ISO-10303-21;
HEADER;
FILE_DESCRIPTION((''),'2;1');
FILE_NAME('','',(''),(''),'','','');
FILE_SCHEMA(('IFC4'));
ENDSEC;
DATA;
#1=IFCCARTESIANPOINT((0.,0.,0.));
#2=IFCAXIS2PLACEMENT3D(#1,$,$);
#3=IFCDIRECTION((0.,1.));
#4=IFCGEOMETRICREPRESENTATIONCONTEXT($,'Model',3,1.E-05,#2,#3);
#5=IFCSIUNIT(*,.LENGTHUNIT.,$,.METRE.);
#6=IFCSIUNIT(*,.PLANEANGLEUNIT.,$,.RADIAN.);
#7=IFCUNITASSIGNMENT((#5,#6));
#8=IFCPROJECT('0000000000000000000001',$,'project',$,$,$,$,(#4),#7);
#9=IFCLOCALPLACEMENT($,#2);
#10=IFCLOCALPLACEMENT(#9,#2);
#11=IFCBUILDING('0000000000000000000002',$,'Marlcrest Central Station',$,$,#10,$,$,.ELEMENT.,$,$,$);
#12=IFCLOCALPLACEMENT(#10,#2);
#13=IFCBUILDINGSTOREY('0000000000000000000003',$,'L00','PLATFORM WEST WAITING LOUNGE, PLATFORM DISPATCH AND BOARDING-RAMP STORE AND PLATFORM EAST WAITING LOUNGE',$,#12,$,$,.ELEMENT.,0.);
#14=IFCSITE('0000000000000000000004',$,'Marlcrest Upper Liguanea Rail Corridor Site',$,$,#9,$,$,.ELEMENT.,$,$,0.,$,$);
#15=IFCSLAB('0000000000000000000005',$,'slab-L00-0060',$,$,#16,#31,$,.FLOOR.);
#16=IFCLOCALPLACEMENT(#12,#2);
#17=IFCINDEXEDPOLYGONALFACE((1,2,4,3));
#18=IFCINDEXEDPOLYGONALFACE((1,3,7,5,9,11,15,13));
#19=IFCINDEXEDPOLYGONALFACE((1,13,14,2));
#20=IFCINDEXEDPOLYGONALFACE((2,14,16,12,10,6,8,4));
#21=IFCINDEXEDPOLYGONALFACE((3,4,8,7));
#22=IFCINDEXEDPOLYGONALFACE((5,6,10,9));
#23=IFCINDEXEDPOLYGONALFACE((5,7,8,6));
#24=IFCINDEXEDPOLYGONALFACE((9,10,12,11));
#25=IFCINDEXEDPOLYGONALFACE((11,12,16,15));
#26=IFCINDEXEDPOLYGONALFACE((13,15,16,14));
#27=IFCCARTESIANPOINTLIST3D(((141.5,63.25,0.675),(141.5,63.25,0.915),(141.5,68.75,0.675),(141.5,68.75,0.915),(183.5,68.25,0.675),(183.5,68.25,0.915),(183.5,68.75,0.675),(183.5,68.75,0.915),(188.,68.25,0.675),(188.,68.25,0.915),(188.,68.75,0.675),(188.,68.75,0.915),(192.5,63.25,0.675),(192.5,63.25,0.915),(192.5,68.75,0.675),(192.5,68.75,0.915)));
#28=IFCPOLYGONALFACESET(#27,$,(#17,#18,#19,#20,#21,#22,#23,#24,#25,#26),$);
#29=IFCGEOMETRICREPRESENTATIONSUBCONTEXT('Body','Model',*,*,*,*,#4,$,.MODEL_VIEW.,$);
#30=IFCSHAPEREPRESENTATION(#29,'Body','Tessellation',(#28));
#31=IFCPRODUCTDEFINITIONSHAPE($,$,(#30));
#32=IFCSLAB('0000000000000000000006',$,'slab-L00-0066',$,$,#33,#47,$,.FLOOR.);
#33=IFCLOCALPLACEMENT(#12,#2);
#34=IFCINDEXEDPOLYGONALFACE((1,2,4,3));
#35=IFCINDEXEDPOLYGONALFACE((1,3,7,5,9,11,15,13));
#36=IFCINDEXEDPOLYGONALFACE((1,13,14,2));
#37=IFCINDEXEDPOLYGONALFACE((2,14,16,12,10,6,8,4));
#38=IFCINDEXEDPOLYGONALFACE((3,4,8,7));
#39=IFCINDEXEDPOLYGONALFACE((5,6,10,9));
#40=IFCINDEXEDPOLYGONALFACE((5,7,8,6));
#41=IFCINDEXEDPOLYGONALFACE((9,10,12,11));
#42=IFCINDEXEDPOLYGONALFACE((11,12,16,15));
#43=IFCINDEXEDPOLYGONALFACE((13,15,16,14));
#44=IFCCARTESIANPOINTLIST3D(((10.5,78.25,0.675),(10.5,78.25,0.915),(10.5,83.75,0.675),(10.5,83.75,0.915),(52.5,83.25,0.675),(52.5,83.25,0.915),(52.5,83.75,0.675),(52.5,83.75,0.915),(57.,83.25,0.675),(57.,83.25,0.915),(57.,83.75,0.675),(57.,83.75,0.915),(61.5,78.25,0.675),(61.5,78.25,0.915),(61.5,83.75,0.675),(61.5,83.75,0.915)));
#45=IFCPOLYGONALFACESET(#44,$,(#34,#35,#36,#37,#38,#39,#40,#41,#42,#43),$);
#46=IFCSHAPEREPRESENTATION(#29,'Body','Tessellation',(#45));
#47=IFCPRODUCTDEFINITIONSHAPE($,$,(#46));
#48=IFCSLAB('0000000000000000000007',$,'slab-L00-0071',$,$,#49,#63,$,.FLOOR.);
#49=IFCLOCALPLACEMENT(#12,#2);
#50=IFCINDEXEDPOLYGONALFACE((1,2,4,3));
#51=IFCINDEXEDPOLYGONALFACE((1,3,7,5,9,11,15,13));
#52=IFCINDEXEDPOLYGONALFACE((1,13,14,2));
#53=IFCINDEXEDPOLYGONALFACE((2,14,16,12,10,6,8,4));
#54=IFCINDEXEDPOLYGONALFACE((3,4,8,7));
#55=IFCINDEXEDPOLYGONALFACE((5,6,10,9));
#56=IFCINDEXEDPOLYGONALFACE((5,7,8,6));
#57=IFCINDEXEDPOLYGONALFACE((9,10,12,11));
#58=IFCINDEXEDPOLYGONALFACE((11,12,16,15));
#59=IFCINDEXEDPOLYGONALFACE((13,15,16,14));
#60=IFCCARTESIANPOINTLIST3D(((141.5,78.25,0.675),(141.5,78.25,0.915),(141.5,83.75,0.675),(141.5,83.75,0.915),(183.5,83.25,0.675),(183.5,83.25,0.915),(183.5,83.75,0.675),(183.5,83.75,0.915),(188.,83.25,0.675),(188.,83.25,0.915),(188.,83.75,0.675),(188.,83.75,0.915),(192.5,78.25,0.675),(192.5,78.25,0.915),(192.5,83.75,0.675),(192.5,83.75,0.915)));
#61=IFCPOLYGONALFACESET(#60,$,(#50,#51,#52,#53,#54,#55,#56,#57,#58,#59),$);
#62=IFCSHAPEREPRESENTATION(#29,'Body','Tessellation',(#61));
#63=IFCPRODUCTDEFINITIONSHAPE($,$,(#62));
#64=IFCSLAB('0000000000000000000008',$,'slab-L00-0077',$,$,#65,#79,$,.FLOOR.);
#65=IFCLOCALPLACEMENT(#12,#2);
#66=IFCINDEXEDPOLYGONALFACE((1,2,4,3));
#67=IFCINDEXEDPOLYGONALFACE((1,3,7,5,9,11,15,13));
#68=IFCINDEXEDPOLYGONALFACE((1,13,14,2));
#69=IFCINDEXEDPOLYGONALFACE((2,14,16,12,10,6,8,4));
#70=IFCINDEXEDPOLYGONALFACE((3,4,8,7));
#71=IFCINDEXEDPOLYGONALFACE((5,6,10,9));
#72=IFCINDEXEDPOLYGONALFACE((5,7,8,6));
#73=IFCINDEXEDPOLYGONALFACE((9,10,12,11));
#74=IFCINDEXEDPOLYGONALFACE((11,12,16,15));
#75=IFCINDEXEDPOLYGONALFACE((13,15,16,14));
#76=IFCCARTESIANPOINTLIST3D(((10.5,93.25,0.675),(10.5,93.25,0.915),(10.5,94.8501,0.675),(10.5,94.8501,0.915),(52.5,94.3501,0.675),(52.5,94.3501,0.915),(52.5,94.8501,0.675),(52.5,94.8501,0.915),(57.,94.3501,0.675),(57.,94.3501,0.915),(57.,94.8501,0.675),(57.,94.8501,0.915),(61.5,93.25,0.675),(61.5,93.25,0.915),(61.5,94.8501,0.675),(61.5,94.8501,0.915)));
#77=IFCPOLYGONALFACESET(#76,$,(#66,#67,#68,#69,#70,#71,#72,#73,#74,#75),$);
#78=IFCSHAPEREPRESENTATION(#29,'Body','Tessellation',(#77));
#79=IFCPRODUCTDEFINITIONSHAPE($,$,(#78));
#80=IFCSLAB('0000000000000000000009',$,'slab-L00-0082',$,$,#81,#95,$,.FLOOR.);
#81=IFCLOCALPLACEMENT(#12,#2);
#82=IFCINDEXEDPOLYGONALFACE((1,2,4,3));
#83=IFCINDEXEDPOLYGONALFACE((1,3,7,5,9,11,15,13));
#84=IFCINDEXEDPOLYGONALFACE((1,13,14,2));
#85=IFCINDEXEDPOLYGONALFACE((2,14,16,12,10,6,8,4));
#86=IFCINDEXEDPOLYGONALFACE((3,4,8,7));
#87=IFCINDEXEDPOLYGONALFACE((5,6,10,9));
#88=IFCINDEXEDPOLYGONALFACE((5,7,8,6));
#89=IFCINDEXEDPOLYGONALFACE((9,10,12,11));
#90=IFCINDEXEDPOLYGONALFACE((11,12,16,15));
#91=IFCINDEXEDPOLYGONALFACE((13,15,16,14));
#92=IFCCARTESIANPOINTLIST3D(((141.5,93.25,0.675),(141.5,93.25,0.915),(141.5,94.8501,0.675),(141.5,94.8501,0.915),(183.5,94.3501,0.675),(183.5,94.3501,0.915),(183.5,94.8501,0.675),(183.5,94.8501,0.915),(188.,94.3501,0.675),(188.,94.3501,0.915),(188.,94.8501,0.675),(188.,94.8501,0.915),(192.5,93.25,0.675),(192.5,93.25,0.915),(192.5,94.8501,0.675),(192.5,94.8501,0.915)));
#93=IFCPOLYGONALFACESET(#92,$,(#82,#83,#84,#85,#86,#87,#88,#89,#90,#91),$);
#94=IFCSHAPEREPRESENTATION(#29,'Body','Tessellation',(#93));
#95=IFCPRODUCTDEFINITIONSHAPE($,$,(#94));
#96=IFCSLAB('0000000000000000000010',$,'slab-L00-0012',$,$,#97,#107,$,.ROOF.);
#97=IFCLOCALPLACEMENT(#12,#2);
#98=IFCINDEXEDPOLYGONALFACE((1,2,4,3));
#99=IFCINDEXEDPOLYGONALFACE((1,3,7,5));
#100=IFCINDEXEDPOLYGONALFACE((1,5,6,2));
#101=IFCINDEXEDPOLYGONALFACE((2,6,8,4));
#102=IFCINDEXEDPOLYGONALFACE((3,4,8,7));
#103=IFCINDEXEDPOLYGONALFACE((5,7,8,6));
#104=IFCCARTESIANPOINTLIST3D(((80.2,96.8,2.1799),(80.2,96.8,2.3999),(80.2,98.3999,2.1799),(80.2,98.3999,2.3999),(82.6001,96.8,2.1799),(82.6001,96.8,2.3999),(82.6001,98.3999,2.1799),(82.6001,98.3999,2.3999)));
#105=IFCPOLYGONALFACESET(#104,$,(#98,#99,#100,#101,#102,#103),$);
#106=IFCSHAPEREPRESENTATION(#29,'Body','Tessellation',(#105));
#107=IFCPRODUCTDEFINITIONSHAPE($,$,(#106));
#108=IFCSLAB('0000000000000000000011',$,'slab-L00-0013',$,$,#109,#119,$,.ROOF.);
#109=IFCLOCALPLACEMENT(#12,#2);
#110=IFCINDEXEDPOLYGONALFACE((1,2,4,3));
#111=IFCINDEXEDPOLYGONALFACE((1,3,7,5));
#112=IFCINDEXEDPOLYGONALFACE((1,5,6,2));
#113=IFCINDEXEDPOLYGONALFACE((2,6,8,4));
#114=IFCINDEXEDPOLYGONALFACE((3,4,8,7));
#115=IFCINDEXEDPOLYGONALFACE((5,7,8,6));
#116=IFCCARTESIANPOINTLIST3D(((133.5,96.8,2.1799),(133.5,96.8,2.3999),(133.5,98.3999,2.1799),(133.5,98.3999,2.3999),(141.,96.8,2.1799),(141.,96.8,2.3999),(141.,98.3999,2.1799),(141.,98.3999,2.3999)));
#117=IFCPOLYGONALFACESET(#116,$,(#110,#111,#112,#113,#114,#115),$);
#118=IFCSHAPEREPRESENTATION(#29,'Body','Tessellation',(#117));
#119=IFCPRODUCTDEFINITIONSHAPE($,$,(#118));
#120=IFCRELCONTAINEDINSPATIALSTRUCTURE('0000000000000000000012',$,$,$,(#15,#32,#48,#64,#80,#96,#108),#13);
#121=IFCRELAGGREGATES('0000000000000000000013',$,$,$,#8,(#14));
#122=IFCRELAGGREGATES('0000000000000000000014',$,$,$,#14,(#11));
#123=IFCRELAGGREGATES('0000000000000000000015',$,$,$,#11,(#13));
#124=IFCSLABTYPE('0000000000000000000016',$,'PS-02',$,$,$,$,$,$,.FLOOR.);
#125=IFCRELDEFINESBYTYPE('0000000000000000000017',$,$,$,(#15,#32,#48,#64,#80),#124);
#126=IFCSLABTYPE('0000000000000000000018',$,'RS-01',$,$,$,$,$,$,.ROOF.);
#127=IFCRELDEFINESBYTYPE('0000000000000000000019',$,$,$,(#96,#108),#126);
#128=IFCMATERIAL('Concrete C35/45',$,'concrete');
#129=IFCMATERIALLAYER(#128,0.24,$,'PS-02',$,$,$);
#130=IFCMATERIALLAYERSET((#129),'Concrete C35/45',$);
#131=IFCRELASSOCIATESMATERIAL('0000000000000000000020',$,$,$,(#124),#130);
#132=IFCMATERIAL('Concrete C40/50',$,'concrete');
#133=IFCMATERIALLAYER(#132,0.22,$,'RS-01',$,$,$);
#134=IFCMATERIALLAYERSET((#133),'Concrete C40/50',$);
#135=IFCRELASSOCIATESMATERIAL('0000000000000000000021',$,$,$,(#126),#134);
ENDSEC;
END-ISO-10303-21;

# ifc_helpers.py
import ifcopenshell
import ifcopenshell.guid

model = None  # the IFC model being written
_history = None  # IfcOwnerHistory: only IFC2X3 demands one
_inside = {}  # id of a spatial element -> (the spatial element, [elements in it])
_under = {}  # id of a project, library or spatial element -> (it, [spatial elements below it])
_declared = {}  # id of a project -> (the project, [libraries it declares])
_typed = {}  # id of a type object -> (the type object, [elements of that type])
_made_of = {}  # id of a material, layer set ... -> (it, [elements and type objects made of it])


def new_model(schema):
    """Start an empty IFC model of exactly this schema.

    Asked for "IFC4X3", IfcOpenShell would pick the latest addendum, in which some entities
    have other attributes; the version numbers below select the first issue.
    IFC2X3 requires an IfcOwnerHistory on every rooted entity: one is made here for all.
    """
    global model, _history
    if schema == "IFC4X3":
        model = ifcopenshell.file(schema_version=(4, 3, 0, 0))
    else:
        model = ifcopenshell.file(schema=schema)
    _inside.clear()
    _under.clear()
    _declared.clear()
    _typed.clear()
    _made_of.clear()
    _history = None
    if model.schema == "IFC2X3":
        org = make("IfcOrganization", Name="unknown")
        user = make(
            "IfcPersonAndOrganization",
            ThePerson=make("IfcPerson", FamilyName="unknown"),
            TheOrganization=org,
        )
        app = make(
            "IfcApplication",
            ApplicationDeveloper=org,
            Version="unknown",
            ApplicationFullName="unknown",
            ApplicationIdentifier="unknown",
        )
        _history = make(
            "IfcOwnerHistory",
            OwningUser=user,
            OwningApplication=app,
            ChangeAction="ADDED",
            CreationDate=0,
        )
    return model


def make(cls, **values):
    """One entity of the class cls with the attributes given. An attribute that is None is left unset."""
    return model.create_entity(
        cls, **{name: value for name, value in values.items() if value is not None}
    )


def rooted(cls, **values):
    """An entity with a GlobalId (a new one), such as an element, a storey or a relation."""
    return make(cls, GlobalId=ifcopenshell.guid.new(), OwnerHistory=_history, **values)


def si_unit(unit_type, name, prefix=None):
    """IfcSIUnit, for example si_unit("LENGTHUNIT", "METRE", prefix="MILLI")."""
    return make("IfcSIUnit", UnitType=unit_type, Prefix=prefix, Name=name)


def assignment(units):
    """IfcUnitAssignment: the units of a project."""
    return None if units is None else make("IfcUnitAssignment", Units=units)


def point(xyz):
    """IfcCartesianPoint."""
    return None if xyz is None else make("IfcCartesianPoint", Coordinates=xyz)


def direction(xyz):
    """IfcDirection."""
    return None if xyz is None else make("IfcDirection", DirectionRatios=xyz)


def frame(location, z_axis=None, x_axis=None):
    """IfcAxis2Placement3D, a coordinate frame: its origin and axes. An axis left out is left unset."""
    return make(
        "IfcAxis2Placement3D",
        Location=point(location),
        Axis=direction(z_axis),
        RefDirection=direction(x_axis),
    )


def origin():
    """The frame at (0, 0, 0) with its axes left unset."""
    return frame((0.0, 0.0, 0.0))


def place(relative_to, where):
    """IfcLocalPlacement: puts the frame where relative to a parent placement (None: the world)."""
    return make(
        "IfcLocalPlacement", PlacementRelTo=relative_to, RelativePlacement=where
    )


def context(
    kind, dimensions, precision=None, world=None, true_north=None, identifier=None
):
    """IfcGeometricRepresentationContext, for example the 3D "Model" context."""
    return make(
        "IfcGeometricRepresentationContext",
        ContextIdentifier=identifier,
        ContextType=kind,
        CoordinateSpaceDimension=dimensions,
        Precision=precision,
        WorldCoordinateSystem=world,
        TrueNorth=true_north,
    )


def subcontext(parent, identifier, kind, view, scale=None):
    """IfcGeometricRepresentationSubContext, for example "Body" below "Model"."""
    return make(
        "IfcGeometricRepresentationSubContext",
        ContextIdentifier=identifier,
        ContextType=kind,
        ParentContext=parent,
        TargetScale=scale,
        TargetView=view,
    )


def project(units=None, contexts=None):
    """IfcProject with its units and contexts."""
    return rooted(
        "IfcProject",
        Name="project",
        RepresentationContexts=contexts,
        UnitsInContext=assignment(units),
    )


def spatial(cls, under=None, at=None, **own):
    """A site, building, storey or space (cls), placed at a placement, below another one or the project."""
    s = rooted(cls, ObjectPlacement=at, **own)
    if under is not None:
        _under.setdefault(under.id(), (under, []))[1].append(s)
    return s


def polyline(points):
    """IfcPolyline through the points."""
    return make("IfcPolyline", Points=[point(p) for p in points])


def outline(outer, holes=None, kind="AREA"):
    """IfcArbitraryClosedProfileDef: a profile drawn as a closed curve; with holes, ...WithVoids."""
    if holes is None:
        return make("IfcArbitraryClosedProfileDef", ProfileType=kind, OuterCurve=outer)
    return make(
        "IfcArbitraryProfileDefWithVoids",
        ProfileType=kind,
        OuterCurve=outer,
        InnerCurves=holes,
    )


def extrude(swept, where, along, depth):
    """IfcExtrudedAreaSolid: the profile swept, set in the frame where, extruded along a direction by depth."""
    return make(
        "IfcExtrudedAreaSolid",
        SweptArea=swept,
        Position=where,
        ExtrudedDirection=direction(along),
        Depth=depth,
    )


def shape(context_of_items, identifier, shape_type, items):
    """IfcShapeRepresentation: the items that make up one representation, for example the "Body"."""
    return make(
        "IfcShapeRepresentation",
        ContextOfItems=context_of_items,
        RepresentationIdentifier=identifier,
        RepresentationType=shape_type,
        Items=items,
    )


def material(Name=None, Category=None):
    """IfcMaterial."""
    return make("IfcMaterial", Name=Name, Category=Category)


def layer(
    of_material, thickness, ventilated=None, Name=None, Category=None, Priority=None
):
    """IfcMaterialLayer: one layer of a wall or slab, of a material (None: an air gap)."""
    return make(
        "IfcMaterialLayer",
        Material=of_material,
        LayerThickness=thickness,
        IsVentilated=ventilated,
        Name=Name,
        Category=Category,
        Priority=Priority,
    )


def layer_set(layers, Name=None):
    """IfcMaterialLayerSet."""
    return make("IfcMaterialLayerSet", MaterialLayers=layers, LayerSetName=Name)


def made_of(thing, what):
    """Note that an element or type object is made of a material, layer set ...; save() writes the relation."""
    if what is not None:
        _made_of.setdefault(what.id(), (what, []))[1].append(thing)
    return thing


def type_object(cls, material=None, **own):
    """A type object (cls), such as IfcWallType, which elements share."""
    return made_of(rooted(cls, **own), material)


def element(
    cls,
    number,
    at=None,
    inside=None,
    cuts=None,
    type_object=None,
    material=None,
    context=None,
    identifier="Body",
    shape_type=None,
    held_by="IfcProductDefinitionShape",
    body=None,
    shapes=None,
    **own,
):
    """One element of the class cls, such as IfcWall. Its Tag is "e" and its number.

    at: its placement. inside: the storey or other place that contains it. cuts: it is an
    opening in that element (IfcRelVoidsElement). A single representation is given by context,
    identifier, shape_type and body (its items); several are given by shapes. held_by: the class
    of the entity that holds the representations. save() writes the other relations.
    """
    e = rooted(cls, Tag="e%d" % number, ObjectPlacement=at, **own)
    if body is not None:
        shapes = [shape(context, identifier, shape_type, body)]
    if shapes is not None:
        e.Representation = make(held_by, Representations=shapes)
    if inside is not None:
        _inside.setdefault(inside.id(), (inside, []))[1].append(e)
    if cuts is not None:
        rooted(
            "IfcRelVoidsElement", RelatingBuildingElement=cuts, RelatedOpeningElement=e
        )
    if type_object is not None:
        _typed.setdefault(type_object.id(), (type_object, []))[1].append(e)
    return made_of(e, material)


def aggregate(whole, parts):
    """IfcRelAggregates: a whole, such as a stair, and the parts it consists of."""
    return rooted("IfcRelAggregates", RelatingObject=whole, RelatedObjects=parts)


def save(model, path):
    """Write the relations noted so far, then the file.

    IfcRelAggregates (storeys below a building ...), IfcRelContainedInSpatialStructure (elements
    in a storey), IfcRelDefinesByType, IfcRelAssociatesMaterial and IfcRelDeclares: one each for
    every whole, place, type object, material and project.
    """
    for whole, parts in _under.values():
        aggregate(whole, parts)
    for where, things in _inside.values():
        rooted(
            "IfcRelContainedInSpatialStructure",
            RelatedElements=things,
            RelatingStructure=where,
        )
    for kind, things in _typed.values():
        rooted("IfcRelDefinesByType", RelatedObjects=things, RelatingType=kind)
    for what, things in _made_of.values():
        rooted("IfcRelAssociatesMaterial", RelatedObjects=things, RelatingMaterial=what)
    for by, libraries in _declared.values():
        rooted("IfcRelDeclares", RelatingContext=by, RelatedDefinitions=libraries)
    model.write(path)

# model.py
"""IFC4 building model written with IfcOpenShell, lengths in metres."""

from ifc_helpers import new_model, si_unit, direction, frame, origin, place, context, subcontext, project, spatial, polyline, outline, extrude, material, layer, layer_set, type_object, element, save


model = new_model("IFC4")

# Units and contexts
model_context = context("Model", 3, precision=1e-05, world=origin(), true_north=direction((0.0, 1.0)))
body_context = subcontext(model_context, "Body", "Model", "MODEL_VIEW")
ifc_project = project(units=[si_unit("LENGTHUNIT", "METRE"), si_unit("PLANEANGLEUNIT", "RADIAN")], contexts=[model_context])

# Site, building, storey
site_placement = place(None, origin())
site = spatial("IfcSite", under=ifc_project, at=site_placement, Name="Marlcrest Upper Liguanea Rail Corridor Site", CompositionType="ELEMENT", RefElevation=0.0)
building_placement = place(site_placement, origin())
building = spatial("IfcBuilding", under=site, at=building_placement, Name="Marlcrest Central Station", CompositionType="ELEMENT")
storey_placement = place(building_placement, origin())
storey = spatial("IfcBuildingStorey", under=building, at=storey_placement, Name="L00", Description="PLATFORM WEST WAITING LOUNGE, PLATFORM DISPATCH AND BOARDING-RAMP STORE AND PLATFORM EAST WAITING LOUNGE", CompositionType="ELEMENT", Elevation=0.0)

# Slabs
ifc_material_1 = material(Name="Concrete C35/45", Category="concrete")
ifc_layer_1 = layer(ifc_material_1, 0.24, Name="PS-02")
ifc_layer_set_1 = layer_set([ifc_layer_1], Name="Concrete C35/45")
slab_type_1 = type_object("IfcSlabType", Name="PS-02", PredefinedType="FLOOR", material=ifc_layer_set_1)
slab_1_placement = place(storey_placement, frame((0.0, 0.0, 0.675)))
element("IfcSlab", 1, at=slab_1_placement, inside=storey, type_object=slab_type_1, Name="slab-L00-0060", PredefinedType="FLOOR", context=body_context, shape_type="SweptSolid", body=[
    extrude(outline(polyline([(141.5, 63.25), (141.5, 68.75), (183.5, 68.75), (183.5, 68.25), (188.0, 68.25), (188.0, 68.75), (192.5, 68.75), (192.5, 63.25), (141.5, 63.25)])), origin(), (0.0, 0.0, 1.0), 0.24),
])
slab_2_placement = place(storey_placement, frame((0.0, 0.0, 0.675)))
element("IfcSlab", 2, at=slab_2_placement, inside=storey, type_object=slab_type_1, Name="slab-L00-0066", PredefinedType="FLOOR", context=body_context, shape_type="SweptSolid", body=[
    extrude(outline(polyline([(10.5, 78.25), (10.5, 83.75), (52.5, 83.75), (52.5, 83.25), (57.0, 83.25), (57.0, 83.75), (61.5, 83.75), (61.5, 78.25), (10.5, 78.25)])), origin(), (0.0, 0.0, 1.0), 0.24),
])
slab_3_placement = place(storey_placement, frame((0.0, 0.0, 0.675)))
element("IfcSlab", 3, at=slab_3_placement, inside=storey, type_object=slab_type_1, Name="slab-L00-0071", PredefinedType="FLOOR", context=body_context, shape_type="SweptSolid", body=[
    extrude(outline(polyline([(141.5, 78.25), (141.5, 83.75), (183.5, 83.75), (183.5, 83.25), (188.0, 83.25), (188.0, 83.75), (192.5, 83.75), (192.5, 78.25), (141.5, 78.25)])), origin(), (0.0, 0.0, 1.0), 0.24),
])
slab_4_placement = place(storey_placement, frame((0.0, 0.0, 0.675)))
element("IfcSlab", 4, at=slab_4_placement, inside=storey, type_object=slab_type_1, Name="slab-L00-0077", PredefinedType="FLOOR", context=body_context, shape_type="SweptSolid", body=[
    extrude(outline(polyline([(10.5, 93.25), (10.5, 94.8501), (52.5, 94.8501), (52.5, 94.3501), (57.0, 94.3501), (57.0, 94.8501), (61.5, 94.8501), (61.5, 93.25), (10.5, 93.25)])), origin(), (0.0, 0.0, 1.0), 0.24),
])
slab_5_placement = place(storey_placement, frame((0.0, 0.0, 0.675)))
element("IfcSlab", 5, at=slab_5_placement, inside=storey, type_object=slab_type_1, Name="slab-L00-0082", PredefinedType="FLOOR", context=body_context, shape_type="SweptSolid", body=[
    extrude(outline(polyline([(141.5, 93.25), (141.5, 94.8501), (183.5, 94.8501), (183.5, 94.3501), (188.0, 94.3501), (188.0, 94.8501), (192.5, 94.8501), (192.5, 93.25), (141.5, 93.25)])), origin(), (0.0, 0.0, 1.0), 0.24),
])
ifc_material_2 = material(Name="Concrete C40/50", Category="concrete")
ifc_layer_2 = layer(ifc_material_2, 0.22, Name="RS-01")
ifc_layer_set_2 = layer_set([ifc_layer_2], Name="Concrete C40/50")
slab_type_2 = type_object("IfcSlabType", Name="RS-01", PredefinedType="ROOF", material=ifc_layer_set_2)
slab_6_placement = place(storey_placement, frame((0.0, 0.0, 2.1799)))
element("IfcSlab", 6, at=slab_6_placement, inside=storey, type_object=slab_type_2, Name="slab-L00-0012", PredefinedType="ROOF", context=body_context, shape_type="SweptSolid", body=[
    extrude(outline(polyline([(80.2, 96.8), (82.6001, 96.8), (82.6001, 98.3999), (80.2, 98.3999), (80.2, 96.8)])), origin(), (0.0, 0.0, 1.0), 0.22),
])
slab_7_placement = place(storey_placement, frame((0.0, 0.0, 2.1799)))
element("IfcSlab", 7, at=slab_7_placement, inside=storey, type_object=slab_type_2, Name="slab-L00-0013", PredefinedType="ROOF", context=body_context, shape_type="SweptSolid", body=[
    extrude(outline(polyline([(133.5, 96.8), (141.0, 96.8), (141.0, 98.3999), (133.5, 98.3999), (133.5, 96.8)])), origin(), (0.0, 0.0, 1.0), 0.22),
])

save(model, "model.ifc")
